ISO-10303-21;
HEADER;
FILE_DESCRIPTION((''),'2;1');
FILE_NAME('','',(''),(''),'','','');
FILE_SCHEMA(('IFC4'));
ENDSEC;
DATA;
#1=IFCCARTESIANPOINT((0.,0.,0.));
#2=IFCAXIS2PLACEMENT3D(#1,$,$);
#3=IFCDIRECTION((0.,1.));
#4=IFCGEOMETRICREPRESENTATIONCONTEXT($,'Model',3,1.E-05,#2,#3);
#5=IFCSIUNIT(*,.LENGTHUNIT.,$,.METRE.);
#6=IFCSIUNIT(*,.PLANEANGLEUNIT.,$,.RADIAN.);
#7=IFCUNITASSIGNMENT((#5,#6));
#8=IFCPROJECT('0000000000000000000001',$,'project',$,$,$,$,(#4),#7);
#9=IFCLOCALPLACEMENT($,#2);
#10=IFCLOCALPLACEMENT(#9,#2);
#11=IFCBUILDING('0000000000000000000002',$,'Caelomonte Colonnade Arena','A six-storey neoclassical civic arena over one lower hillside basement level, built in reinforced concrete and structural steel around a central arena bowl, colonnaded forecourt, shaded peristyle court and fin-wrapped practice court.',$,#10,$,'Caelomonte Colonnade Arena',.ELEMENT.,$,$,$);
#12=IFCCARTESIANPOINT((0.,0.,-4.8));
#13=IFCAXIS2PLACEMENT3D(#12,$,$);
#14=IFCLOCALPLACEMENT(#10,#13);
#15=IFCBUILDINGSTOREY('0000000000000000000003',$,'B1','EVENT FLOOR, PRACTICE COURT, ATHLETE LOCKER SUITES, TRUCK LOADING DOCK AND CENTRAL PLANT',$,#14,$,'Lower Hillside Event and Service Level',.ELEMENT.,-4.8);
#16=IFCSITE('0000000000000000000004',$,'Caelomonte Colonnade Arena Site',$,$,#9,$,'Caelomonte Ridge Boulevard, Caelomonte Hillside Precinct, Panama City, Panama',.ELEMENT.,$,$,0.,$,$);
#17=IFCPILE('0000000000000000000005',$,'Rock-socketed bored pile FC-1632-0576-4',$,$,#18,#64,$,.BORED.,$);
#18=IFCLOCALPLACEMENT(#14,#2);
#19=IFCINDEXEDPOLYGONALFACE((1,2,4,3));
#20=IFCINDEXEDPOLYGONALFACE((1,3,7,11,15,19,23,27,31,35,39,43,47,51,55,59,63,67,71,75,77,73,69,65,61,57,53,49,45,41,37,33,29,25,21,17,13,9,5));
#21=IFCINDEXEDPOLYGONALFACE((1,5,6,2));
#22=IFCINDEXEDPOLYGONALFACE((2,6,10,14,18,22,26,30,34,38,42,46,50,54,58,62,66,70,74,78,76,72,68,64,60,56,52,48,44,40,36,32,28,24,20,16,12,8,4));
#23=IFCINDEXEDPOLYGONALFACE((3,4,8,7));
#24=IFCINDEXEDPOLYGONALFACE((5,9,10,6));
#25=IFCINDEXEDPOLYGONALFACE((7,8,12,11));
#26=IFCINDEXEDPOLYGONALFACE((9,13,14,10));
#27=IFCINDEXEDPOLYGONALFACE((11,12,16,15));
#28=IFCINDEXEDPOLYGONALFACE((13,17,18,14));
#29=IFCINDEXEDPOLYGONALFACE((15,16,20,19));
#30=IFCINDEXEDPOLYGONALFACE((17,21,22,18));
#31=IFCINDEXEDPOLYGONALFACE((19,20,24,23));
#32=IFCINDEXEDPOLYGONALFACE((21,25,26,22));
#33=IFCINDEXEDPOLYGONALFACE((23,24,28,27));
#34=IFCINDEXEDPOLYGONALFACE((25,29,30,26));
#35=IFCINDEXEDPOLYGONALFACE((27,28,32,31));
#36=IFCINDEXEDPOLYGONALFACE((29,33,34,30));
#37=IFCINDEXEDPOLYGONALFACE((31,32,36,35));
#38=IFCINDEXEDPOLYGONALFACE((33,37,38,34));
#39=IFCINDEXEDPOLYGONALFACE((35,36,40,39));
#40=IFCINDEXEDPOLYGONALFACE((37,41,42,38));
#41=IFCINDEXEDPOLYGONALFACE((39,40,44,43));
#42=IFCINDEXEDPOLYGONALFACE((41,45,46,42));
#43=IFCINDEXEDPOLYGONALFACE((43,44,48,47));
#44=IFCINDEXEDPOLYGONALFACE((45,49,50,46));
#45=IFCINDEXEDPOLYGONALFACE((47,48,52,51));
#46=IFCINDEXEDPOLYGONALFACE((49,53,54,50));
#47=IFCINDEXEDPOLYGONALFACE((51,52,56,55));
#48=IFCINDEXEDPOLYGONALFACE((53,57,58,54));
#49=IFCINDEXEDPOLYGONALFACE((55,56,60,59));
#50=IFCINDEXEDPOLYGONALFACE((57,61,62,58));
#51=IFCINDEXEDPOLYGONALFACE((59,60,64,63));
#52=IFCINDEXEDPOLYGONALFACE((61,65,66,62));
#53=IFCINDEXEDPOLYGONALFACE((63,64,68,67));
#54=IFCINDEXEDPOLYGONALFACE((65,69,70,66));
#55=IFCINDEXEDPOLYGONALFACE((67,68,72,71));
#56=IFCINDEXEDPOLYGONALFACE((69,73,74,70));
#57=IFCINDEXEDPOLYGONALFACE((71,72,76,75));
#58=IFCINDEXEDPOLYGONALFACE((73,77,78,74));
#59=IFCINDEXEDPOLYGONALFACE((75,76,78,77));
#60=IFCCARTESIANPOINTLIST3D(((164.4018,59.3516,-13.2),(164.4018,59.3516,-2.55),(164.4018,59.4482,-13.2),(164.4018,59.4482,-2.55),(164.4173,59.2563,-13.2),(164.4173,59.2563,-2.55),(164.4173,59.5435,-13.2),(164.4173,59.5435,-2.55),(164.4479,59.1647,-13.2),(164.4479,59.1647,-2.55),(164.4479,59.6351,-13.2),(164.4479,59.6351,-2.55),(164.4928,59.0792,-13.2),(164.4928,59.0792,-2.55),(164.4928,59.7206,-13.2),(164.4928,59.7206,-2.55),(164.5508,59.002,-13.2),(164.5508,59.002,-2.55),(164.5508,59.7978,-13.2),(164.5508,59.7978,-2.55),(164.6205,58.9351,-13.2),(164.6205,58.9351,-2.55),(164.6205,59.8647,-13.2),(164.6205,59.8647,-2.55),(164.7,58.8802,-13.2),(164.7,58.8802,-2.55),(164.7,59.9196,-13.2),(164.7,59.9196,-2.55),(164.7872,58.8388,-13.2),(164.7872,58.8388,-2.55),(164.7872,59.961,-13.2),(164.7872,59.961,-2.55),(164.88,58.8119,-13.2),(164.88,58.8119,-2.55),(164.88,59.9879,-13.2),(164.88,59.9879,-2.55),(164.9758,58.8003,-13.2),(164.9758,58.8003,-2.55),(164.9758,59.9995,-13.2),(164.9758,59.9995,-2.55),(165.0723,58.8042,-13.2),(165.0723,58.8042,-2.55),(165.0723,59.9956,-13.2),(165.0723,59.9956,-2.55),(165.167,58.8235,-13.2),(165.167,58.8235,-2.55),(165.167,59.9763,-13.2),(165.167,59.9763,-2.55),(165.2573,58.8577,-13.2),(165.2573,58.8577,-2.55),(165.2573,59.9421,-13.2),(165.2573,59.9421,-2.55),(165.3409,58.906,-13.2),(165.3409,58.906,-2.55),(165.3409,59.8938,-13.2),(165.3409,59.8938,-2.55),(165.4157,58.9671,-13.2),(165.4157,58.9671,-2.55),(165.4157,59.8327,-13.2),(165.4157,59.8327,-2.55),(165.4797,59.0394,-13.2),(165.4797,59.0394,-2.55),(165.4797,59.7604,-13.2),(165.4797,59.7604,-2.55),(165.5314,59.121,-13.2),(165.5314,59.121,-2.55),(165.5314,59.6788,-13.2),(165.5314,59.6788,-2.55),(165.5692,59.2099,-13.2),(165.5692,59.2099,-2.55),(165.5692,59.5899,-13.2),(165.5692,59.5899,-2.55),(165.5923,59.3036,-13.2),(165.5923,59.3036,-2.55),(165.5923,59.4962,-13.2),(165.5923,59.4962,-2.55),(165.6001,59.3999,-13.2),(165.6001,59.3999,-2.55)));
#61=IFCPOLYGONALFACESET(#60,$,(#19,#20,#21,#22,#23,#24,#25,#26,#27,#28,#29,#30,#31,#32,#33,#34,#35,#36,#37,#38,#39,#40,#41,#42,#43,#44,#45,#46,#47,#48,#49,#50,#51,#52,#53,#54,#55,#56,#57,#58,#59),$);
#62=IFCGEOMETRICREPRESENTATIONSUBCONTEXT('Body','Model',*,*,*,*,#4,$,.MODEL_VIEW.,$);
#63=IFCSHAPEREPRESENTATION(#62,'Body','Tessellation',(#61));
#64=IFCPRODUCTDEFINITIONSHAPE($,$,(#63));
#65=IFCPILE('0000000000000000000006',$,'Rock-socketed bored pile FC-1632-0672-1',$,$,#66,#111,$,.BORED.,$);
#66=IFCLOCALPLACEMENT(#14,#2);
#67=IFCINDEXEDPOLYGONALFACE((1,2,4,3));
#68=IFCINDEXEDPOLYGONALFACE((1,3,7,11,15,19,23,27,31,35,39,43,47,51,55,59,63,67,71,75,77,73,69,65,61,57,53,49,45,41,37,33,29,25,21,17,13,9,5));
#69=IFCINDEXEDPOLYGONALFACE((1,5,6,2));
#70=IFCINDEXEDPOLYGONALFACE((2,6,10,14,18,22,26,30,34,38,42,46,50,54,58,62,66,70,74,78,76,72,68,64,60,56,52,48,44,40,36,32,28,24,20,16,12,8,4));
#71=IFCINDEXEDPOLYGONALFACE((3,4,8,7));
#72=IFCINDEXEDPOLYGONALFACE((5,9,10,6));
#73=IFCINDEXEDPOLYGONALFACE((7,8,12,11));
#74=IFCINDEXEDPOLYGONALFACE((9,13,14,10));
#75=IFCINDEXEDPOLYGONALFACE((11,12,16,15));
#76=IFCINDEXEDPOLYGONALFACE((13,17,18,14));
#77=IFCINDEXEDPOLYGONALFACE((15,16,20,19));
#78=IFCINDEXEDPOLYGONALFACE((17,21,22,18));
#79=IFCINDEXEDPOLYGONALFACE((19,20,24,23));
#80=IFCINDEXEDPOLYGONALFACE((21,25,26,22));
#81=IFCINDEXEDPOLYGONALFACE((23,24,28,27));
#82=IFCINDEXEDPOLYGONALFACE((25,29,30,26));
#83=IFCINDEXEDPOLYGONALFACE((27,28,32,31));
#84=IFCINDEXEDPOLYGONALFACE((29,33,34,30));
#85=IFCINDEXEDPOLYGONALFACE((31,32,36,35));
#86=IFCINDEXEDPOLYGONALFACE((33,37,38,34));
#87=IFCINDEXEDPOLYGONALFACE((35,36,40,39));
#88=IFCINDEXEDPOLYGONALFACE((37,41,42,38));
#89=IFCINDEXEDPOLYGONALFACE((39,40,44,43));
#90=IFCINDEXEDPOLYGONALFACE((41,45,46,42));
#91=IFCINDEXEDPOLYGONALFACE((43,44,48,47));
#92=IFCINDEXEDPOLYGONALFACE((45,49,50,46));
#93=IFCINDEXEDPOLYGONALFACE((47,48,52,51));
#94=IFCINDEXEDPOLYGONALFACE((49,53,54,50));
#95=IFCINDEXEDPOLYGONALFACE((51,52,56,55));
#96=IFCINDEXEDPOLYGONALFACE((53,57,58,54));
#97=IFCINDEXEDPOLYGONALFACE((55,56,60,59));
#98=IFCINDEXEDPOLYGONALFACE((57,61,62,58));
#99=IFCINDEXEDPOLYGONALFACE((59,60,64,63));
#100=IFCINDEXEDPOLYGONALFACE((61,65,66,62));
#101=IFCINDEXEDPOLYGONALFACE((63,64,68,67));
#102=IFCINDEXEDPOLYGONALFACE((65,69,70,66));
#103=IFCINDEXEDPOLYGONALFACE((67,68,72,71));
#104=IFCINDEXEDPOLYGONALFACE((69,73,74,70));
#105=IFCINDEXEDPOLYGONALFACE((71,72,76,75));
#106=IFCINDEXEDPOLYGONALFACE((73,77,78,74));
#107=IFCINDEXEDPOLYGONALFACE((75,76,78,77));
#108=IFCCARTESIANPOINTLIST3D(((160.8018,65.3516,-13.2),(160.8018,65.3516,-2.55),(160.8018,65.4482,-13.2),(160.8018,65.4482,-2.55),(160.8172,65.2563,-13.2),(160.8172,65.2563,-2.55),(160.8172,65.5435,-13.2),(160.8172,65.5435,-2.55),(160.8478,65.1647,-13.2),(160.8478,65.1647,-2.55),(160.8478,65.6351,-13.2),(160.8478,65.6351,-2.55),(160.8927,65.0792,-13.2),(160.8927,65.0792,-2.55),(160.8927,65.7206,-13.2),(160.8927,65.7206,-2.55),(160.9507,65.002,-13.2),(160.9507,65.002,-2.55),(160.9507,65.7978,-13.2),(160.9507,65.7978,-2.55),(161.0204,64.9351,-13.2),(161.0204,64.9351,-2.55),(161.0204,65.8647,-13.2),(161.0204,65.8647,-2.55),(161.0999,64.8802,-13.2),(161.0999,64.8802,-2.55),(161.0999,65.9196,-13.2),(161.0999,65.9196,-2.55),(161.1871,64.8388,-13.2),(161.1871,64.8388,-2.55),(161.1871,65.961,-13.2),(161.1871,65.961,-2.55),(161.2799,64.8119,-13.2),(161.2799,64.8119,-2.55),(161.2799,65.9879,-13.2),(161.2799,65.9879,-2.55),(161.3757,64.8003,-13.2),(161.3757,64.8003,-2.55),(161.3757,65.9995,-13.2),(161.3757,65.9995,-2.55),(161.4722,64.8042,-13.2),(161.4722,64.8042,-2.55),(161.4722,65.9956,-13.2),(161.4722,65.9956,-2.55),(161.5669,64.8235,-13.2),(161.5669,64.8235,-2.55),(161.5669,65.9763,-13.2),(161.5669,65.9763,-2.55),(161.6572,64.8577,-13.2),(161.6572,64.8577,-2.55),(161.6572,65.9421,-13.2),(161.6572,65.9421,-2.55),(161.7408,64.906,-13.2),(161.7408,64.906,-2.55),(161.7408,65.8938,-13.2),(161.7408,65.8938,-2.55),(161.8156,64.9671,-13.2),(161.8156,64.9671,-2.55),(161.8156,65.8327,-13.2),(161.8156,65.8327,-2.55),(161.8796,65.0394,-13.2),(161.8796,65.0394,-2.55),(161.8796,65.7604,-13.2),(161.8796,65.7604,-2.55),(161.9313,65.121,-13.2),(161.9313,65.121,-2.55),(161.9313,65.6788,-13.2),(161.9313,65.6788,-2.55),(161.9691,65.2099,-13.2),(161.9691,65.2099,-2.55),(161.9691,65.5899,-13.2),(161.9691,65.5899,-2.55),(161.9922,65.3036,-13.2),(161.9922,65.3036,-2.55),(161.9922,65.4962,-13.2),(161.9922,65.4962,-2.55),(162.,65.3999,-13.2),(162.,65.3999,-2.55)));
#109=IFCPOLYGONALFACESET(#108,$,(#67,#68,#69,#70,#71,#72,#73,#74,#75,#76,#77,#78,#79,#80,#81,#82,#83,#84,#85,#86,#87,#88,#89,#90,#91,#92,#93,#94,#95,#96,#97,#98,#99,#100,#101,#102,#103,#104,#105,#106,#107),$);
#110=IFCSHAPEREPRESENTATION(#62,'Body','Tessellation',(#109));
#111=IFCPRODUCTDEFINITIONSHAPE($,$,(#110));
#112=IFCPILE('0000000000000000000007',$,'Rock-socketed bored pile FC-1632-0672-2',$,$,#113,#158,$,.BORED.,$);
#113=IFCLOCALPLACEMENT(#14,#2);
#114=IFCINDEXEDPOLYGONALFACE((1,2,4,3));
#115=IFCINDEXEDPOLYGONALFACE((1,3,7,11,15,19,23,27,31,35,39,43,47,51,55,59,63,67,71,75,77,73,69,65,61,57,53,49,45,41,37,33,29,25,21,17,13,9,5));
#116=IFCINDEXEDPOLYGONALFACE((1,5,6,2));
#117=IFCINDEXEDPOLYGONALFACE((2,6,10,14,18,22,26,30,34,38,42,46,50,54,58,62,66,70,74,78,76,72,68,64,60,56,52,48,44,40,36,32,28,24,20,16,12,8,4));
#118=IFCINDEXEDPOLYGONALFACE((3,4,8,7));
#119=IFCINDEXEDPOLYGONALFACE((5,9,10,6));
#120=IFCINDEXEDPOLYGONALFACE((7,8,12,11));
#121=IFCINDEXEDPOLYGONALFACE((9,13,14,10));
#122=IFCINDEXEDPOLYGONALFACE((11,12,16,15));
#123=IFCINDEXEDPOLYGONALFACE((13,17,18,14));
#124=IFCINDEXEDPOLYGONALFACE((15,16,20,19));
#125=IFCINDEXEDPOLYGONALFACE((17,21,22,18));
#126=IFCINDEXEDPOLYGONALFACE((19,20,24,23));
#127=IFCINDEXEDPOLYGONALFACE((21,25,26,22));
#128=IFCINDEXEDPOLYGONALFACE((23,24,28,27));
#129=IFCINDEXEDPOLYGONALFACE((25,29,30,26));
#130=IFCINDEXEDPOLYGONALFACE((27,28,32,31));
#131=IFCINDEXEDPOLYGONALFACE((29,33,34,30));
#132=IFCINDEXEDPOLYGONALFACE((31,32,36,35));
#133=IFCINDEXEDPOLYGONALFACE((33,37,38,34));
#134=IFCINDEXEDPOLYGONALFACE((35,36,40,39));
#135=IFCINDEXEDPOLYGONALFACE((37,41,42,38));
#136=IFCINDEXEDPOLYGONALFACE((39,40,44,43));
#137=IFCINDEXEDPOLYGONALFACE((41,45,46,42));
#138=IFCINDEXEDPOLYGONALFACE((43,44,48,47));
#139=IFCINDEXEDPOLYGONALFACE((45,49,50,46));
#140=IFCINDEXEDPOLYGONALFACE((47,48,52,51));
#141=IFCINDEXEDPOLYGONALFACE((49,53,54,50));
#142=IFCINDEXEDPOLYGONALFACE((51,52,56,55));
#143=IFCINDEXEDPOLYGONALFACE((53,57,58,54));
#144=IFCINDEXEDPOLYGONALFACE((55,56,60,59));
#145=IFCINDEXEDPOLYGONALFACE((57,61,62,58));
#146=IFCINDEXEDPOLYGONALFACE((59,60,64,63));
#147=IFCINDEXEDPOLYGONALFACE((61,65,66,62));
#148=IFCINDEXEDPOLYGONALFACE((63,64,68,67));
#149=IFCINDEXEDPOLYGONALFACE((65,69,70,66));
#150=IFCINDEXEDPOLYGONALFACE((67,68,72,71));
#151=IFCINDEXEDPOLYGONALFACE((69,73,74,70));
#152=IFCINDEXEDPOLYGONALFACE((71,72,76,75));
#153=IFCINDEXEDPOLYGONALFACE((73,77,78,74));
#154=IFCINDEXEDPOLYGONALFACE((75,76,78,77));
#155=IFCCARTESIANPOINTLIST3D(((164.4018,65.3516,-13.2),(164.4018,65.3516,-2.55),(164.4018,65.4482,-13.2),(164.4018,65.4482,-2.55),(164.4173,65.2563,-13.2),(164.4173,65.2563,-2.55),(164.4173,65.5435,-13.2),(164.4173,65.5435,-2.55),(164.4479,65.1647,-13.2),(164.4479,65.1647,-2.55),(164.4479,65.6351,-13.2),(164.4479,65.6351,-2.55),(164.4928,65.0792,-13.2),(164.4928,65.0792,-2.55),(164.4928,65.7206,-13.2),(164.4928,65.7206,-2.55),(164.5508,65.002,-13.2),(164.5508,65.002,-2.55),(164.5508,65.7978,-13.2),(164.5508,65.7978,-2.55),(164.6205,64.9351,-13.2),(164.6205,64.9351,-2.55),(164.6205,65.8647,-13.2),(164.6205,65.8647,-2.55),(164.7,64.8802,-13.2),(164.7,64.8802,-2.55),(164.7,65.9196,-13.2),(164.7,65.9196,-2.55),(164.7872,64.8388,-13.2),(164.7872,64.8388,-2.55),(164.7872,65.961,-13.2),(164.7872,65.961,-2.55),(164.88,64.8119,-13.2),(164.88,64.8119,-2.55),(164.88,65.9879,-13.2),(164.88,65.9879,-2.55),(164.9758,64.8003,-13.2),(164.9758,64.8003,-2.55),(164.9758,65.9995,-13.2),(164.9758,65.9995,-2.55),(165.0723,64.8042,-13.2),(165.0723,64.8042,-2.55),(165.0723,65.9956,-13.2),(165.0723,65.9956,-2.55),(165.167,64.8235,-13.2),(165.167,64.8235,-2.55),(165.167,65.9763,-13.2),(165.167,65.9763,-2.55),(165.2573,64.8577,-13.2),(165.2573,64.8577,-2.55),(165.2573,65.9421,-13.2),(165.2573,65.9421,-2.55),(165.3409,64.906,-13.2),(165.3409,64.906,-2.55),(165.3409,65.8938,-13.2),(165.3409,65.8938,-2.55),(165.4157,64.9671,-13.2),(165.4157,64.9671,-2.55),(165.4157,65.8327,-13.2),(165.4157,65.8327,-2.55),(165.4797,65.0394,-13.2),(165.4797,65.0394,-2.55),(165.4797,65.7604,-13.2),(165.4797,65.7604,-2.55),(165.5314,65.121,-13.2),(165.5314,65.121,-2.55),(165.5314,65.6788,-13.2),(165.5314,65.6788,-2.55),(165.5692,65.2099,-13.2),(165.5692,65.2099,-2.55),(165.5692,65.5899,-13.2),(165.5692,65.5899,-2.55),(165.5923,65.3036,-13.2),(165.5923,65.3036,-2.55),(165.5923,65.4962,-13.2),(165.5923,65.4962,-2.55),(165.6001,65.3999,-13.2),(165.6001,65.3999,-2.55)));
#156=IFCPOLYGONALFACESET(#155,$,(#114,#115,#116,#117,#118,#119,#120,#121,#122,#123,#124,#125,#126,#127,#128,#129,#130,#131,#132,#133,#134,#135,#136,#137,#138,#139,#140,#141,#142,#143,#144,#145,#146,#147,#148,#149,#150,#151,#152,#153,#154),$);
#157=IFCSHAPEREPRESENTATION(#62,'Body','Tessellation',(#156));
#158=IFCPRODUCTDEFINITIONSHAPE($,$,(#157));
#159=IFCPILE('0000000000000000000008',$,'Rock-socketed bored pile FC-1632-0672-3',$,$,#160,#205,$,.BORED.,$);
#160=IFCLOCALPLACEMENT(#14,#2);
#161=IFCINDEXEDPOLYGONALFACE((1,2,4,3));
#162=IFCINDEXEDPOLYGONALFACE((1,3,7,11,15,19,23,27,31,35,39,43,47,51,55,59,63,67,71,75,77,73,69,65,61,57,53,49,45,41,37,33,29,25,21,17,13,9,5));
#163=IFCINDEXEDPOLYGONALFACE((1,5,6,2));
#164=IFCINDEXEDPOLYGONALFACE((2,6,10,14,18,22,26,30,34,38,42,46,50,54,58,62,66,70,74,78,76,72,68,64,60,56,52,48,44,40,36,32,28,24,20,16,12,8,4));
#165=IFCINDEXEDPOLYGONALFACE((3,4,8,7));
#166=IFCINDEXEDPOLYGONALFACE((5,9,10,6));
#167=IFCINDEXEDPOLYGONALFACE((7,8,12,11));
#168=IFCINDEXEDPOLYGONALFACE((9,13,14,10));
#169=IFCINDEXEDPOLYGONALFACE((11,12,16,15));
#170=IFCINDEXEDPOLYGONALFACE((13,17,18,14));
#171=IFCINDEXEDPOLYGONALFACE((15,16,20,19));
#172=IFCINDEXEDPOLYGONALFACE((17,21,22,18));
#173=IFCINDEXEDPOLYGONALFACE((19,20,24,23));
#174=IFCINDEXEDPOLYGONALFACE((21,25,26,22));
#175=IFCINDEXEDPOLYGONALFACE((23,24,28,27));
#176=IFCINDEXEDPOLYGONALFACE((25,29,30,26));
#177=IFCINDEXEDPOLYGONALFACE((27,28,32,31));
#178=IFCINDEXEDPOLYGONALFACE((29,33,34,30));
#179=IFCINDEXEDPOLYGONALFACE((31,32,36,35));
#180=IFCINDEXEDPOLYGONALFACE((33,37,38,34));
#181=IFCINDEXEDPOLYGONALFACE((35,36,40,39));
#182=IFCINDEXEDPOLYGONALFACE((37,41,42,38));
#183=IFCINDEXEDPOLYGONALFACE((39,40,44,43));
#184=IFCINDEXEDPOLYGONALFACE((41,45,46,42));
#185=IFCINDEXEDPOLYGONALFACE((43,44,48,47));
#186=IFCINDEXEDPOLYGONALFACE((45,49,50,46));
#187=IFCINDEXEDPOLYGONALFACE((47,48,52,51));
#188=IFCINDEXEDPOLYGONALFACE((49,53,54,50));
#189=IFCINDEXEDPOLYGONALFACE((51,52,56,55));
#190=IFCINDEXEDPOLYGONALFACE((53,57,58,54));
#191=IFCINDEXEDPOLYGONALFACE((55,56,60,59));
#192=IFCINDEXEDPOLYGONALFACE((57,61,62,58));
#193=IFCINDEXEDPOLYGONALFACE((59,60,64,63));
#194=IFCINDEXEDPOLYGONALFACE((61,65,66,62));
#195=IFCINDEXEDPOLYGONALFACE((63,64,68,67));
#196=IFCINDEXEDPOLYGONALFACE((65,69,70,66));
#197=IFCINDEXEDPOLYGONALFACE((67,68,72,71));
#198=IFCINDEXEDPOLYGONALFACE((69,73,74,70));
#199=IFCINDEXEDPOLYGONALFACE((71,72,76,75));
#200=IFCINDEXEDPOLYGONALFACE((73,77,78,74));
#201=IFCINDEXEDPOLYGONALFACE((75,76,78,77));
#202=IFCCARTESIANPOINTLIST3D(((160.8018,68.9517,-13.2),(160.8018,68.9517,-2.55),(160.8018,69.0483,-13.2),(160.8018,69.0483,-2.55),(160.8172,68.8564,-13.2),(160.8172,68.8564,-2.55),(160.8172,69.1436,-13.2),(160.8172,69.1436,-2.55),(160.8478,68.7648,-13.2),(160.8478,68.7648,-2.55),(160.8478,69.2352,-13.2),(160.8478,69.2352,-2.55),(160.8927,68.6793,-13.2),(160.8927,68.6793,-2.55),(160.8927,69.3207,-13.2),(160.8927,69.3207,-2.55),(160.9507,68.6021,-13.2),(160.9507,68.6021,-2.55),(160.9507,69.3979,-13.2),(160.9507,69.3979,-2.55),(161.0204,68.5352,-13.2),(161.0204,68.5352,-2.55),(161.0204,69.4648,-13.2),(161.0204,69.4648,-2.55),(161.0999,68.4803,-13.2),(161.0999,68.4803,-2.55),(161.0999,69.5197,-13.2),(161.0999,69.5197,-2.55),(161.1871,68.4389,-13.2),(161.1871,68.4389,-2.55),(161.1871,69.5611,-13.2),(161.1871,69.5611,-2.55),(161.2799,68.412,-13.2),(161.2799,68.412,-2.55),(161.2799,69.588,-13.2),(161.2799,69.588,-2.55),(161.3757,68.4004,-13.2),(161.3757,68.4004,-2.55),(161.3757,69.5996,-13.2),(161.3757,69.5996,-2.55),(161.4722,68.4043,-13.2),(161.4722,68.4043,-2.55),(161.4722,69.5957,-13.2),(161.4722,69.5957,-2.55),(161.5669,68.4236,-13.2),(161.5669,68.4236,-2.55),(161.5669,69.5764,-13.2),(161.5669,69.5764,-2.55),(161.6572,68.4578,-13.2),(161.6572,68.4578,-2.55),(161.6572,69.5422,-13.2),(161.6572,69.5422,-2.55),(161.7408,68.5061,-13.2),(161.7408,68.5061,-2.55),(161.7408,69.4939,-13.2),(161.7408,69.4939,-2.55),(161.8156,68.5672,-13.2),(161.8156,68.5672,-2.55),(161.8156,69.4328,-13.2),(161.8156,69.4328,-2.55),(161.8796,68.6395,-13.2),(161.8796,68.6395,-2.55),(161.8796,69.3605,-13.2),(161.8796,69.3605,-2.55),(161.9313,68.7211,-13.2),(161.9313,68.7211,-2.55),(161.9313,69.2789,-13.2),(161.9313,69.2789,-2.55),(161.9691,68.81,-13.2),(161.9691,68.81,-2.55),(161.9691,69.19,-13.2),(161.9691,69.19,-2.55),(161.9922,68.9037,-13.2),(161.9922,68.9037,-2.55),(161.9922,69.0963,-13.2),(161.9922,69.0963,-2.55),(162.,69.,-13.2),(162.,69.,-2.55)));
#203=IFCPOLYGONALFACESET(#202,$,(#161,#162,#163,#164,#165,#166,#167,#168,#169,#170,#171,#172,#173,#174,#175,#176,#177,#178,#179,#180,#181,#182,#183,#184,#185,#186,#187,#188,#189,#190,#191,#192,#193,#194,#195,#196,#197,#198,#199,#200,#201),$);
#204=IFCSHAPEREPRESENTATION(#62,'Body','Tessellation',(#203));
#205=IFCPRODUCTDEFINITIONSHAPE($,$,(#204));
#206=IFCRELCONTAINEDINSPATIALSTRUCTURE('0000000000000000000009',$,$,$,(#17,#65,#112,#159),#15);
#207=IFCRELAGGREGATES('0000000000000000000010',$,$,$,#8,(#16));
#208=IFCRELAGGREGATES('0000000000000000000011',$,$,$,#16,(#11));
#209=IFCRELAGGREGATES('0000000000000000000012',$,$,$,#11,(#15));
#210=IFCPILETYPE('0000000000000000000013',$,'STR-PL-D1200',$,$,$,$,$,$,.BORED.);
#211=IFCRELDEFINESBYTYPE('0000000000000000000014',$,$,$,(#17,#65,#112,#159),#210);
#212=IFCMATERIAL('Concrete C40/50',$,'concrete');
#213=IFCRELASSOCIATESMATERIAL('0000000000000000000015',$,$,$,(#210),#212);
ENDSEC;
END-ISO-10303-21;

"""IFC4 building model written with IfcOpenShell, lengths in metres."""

from ifc_helpers import new_model, si_unit, direction, frame, origin, origin_2d, place, context, subcontext, project, spatial, circle, extrude, material, material_profile, profile_set, type_object, element, save


model = new_model("IFC4")

# Units and contexts
model_context = context("Model", 3, precision=1e-05, world=origin(), true_north=direction((0.0, 1.0)))
body_context = subcontext(model_context, "Body", "Model", "MODEL_VIEW")
ifc_project = project(units=[si_unit("LENGTHUNIT", "METRE"), si_unit("PLANEANGLEUNIT", "RADIAN")], contexts=[model_context])

# Site, building, storey
site_placement = place(None, origin())
site = spatial("IfcSite", under=ifc_project, at=site_placement, Name="Caelomonte Colonnade Arena Site", LongName="Caelomonte Ridge Boulevard, Caelomonte Hillside Precinct, Panama City, Panama", CompositionType="ELEMENT", RefElevation=0.0)
building_placement = place(site_placement, origin())
building = spatial("IfcBuilding", under=site, at=building_placement, Name="Caelomonte Colonnade Arena", Description="A six-storey neoclassical civic arena over one lower hillside basement level, built in reinforced concrete and structural steel around a central arena bowl, colonnaded forecourt, shaded peristyle court and fin-wrapped practice court.", LongName="Caelomonte Colonnade Arena", CompositionType="ELEMENT")
storey_placement = place(building_placement, frame((0.0, 0.0, -4.8)))
storey = spatial("IfcBuildingStorey", under=building, at=storey_placement, Name="B1", Description="EVENT FLOOR, PRACTICE COURT, ATHLETE LOCKER SUITES, TRUCK LOADING DOCK AND CENTRAL PLANT", LongName="Lower Hillside Event and Service Level", CompositionType="ELEMENT", Elevation=-4.8)

# Shared definitions
ifc_material_1 = material(Name="Concrete C40/50", Category="concrete")

# Piles
ifc_material_profile_1 = material_profile(ifc_material_1, circle(Radius=0.6001, at=origin_2d()), Name="PILE-D1200")
ifc_profile_set_1 = profile_set([ifc_material_profile_1], Name="Concrete C40/50")
pile_type_1 = type_object("IfcPileType", Name="STR-PL-D1200", PredefinedType="BORED", material=ifc_profile_set_1)
for number, where, z_axis, x_axis, name in (
    (1, (165.0, 59.3999, -2.55), (0.0, 0.0, -1.0), (1.0, 0.0, 0.0), "Rock-socketed bored pile FC-1632-0576-4"),
    (2, (161.3999, 65.3999, -2.55), (0.0, 0.0, -1.0), (1.0, 0.0, 0.0), "Rock-socketed bored pile FC-1632-0672-1"),
    (3, (165.0, 65.3999, -2.55), (0.0, 0.0, -1.0), (1.0, 0.0, 0.0), "Rock-socketed bored pile FC-1632-0672-2"),
    (4, (161.3999, 69.0, -2.55), (0.0, 0.0, -1.0), (1.0, 0.0, 0.0), "Rock-socketed bored pile FC-1632-0672-3"),
):
    element("IfcPile", number, at=place(storey_placement, frame(where, z_axis=z_axis, x_axis=x_axis)), inside=storey, type_object=pile_type_1, Name=name, PredefinedType="BORED", context=body_context, shape_type="SweptSolid", body=[
        extrude(circle(Radius=0.6001, at=origin_2d()), origin(), (0.0, 0.0, 1.0), 10.6499),
    ])

save(model, "model.ifc")
